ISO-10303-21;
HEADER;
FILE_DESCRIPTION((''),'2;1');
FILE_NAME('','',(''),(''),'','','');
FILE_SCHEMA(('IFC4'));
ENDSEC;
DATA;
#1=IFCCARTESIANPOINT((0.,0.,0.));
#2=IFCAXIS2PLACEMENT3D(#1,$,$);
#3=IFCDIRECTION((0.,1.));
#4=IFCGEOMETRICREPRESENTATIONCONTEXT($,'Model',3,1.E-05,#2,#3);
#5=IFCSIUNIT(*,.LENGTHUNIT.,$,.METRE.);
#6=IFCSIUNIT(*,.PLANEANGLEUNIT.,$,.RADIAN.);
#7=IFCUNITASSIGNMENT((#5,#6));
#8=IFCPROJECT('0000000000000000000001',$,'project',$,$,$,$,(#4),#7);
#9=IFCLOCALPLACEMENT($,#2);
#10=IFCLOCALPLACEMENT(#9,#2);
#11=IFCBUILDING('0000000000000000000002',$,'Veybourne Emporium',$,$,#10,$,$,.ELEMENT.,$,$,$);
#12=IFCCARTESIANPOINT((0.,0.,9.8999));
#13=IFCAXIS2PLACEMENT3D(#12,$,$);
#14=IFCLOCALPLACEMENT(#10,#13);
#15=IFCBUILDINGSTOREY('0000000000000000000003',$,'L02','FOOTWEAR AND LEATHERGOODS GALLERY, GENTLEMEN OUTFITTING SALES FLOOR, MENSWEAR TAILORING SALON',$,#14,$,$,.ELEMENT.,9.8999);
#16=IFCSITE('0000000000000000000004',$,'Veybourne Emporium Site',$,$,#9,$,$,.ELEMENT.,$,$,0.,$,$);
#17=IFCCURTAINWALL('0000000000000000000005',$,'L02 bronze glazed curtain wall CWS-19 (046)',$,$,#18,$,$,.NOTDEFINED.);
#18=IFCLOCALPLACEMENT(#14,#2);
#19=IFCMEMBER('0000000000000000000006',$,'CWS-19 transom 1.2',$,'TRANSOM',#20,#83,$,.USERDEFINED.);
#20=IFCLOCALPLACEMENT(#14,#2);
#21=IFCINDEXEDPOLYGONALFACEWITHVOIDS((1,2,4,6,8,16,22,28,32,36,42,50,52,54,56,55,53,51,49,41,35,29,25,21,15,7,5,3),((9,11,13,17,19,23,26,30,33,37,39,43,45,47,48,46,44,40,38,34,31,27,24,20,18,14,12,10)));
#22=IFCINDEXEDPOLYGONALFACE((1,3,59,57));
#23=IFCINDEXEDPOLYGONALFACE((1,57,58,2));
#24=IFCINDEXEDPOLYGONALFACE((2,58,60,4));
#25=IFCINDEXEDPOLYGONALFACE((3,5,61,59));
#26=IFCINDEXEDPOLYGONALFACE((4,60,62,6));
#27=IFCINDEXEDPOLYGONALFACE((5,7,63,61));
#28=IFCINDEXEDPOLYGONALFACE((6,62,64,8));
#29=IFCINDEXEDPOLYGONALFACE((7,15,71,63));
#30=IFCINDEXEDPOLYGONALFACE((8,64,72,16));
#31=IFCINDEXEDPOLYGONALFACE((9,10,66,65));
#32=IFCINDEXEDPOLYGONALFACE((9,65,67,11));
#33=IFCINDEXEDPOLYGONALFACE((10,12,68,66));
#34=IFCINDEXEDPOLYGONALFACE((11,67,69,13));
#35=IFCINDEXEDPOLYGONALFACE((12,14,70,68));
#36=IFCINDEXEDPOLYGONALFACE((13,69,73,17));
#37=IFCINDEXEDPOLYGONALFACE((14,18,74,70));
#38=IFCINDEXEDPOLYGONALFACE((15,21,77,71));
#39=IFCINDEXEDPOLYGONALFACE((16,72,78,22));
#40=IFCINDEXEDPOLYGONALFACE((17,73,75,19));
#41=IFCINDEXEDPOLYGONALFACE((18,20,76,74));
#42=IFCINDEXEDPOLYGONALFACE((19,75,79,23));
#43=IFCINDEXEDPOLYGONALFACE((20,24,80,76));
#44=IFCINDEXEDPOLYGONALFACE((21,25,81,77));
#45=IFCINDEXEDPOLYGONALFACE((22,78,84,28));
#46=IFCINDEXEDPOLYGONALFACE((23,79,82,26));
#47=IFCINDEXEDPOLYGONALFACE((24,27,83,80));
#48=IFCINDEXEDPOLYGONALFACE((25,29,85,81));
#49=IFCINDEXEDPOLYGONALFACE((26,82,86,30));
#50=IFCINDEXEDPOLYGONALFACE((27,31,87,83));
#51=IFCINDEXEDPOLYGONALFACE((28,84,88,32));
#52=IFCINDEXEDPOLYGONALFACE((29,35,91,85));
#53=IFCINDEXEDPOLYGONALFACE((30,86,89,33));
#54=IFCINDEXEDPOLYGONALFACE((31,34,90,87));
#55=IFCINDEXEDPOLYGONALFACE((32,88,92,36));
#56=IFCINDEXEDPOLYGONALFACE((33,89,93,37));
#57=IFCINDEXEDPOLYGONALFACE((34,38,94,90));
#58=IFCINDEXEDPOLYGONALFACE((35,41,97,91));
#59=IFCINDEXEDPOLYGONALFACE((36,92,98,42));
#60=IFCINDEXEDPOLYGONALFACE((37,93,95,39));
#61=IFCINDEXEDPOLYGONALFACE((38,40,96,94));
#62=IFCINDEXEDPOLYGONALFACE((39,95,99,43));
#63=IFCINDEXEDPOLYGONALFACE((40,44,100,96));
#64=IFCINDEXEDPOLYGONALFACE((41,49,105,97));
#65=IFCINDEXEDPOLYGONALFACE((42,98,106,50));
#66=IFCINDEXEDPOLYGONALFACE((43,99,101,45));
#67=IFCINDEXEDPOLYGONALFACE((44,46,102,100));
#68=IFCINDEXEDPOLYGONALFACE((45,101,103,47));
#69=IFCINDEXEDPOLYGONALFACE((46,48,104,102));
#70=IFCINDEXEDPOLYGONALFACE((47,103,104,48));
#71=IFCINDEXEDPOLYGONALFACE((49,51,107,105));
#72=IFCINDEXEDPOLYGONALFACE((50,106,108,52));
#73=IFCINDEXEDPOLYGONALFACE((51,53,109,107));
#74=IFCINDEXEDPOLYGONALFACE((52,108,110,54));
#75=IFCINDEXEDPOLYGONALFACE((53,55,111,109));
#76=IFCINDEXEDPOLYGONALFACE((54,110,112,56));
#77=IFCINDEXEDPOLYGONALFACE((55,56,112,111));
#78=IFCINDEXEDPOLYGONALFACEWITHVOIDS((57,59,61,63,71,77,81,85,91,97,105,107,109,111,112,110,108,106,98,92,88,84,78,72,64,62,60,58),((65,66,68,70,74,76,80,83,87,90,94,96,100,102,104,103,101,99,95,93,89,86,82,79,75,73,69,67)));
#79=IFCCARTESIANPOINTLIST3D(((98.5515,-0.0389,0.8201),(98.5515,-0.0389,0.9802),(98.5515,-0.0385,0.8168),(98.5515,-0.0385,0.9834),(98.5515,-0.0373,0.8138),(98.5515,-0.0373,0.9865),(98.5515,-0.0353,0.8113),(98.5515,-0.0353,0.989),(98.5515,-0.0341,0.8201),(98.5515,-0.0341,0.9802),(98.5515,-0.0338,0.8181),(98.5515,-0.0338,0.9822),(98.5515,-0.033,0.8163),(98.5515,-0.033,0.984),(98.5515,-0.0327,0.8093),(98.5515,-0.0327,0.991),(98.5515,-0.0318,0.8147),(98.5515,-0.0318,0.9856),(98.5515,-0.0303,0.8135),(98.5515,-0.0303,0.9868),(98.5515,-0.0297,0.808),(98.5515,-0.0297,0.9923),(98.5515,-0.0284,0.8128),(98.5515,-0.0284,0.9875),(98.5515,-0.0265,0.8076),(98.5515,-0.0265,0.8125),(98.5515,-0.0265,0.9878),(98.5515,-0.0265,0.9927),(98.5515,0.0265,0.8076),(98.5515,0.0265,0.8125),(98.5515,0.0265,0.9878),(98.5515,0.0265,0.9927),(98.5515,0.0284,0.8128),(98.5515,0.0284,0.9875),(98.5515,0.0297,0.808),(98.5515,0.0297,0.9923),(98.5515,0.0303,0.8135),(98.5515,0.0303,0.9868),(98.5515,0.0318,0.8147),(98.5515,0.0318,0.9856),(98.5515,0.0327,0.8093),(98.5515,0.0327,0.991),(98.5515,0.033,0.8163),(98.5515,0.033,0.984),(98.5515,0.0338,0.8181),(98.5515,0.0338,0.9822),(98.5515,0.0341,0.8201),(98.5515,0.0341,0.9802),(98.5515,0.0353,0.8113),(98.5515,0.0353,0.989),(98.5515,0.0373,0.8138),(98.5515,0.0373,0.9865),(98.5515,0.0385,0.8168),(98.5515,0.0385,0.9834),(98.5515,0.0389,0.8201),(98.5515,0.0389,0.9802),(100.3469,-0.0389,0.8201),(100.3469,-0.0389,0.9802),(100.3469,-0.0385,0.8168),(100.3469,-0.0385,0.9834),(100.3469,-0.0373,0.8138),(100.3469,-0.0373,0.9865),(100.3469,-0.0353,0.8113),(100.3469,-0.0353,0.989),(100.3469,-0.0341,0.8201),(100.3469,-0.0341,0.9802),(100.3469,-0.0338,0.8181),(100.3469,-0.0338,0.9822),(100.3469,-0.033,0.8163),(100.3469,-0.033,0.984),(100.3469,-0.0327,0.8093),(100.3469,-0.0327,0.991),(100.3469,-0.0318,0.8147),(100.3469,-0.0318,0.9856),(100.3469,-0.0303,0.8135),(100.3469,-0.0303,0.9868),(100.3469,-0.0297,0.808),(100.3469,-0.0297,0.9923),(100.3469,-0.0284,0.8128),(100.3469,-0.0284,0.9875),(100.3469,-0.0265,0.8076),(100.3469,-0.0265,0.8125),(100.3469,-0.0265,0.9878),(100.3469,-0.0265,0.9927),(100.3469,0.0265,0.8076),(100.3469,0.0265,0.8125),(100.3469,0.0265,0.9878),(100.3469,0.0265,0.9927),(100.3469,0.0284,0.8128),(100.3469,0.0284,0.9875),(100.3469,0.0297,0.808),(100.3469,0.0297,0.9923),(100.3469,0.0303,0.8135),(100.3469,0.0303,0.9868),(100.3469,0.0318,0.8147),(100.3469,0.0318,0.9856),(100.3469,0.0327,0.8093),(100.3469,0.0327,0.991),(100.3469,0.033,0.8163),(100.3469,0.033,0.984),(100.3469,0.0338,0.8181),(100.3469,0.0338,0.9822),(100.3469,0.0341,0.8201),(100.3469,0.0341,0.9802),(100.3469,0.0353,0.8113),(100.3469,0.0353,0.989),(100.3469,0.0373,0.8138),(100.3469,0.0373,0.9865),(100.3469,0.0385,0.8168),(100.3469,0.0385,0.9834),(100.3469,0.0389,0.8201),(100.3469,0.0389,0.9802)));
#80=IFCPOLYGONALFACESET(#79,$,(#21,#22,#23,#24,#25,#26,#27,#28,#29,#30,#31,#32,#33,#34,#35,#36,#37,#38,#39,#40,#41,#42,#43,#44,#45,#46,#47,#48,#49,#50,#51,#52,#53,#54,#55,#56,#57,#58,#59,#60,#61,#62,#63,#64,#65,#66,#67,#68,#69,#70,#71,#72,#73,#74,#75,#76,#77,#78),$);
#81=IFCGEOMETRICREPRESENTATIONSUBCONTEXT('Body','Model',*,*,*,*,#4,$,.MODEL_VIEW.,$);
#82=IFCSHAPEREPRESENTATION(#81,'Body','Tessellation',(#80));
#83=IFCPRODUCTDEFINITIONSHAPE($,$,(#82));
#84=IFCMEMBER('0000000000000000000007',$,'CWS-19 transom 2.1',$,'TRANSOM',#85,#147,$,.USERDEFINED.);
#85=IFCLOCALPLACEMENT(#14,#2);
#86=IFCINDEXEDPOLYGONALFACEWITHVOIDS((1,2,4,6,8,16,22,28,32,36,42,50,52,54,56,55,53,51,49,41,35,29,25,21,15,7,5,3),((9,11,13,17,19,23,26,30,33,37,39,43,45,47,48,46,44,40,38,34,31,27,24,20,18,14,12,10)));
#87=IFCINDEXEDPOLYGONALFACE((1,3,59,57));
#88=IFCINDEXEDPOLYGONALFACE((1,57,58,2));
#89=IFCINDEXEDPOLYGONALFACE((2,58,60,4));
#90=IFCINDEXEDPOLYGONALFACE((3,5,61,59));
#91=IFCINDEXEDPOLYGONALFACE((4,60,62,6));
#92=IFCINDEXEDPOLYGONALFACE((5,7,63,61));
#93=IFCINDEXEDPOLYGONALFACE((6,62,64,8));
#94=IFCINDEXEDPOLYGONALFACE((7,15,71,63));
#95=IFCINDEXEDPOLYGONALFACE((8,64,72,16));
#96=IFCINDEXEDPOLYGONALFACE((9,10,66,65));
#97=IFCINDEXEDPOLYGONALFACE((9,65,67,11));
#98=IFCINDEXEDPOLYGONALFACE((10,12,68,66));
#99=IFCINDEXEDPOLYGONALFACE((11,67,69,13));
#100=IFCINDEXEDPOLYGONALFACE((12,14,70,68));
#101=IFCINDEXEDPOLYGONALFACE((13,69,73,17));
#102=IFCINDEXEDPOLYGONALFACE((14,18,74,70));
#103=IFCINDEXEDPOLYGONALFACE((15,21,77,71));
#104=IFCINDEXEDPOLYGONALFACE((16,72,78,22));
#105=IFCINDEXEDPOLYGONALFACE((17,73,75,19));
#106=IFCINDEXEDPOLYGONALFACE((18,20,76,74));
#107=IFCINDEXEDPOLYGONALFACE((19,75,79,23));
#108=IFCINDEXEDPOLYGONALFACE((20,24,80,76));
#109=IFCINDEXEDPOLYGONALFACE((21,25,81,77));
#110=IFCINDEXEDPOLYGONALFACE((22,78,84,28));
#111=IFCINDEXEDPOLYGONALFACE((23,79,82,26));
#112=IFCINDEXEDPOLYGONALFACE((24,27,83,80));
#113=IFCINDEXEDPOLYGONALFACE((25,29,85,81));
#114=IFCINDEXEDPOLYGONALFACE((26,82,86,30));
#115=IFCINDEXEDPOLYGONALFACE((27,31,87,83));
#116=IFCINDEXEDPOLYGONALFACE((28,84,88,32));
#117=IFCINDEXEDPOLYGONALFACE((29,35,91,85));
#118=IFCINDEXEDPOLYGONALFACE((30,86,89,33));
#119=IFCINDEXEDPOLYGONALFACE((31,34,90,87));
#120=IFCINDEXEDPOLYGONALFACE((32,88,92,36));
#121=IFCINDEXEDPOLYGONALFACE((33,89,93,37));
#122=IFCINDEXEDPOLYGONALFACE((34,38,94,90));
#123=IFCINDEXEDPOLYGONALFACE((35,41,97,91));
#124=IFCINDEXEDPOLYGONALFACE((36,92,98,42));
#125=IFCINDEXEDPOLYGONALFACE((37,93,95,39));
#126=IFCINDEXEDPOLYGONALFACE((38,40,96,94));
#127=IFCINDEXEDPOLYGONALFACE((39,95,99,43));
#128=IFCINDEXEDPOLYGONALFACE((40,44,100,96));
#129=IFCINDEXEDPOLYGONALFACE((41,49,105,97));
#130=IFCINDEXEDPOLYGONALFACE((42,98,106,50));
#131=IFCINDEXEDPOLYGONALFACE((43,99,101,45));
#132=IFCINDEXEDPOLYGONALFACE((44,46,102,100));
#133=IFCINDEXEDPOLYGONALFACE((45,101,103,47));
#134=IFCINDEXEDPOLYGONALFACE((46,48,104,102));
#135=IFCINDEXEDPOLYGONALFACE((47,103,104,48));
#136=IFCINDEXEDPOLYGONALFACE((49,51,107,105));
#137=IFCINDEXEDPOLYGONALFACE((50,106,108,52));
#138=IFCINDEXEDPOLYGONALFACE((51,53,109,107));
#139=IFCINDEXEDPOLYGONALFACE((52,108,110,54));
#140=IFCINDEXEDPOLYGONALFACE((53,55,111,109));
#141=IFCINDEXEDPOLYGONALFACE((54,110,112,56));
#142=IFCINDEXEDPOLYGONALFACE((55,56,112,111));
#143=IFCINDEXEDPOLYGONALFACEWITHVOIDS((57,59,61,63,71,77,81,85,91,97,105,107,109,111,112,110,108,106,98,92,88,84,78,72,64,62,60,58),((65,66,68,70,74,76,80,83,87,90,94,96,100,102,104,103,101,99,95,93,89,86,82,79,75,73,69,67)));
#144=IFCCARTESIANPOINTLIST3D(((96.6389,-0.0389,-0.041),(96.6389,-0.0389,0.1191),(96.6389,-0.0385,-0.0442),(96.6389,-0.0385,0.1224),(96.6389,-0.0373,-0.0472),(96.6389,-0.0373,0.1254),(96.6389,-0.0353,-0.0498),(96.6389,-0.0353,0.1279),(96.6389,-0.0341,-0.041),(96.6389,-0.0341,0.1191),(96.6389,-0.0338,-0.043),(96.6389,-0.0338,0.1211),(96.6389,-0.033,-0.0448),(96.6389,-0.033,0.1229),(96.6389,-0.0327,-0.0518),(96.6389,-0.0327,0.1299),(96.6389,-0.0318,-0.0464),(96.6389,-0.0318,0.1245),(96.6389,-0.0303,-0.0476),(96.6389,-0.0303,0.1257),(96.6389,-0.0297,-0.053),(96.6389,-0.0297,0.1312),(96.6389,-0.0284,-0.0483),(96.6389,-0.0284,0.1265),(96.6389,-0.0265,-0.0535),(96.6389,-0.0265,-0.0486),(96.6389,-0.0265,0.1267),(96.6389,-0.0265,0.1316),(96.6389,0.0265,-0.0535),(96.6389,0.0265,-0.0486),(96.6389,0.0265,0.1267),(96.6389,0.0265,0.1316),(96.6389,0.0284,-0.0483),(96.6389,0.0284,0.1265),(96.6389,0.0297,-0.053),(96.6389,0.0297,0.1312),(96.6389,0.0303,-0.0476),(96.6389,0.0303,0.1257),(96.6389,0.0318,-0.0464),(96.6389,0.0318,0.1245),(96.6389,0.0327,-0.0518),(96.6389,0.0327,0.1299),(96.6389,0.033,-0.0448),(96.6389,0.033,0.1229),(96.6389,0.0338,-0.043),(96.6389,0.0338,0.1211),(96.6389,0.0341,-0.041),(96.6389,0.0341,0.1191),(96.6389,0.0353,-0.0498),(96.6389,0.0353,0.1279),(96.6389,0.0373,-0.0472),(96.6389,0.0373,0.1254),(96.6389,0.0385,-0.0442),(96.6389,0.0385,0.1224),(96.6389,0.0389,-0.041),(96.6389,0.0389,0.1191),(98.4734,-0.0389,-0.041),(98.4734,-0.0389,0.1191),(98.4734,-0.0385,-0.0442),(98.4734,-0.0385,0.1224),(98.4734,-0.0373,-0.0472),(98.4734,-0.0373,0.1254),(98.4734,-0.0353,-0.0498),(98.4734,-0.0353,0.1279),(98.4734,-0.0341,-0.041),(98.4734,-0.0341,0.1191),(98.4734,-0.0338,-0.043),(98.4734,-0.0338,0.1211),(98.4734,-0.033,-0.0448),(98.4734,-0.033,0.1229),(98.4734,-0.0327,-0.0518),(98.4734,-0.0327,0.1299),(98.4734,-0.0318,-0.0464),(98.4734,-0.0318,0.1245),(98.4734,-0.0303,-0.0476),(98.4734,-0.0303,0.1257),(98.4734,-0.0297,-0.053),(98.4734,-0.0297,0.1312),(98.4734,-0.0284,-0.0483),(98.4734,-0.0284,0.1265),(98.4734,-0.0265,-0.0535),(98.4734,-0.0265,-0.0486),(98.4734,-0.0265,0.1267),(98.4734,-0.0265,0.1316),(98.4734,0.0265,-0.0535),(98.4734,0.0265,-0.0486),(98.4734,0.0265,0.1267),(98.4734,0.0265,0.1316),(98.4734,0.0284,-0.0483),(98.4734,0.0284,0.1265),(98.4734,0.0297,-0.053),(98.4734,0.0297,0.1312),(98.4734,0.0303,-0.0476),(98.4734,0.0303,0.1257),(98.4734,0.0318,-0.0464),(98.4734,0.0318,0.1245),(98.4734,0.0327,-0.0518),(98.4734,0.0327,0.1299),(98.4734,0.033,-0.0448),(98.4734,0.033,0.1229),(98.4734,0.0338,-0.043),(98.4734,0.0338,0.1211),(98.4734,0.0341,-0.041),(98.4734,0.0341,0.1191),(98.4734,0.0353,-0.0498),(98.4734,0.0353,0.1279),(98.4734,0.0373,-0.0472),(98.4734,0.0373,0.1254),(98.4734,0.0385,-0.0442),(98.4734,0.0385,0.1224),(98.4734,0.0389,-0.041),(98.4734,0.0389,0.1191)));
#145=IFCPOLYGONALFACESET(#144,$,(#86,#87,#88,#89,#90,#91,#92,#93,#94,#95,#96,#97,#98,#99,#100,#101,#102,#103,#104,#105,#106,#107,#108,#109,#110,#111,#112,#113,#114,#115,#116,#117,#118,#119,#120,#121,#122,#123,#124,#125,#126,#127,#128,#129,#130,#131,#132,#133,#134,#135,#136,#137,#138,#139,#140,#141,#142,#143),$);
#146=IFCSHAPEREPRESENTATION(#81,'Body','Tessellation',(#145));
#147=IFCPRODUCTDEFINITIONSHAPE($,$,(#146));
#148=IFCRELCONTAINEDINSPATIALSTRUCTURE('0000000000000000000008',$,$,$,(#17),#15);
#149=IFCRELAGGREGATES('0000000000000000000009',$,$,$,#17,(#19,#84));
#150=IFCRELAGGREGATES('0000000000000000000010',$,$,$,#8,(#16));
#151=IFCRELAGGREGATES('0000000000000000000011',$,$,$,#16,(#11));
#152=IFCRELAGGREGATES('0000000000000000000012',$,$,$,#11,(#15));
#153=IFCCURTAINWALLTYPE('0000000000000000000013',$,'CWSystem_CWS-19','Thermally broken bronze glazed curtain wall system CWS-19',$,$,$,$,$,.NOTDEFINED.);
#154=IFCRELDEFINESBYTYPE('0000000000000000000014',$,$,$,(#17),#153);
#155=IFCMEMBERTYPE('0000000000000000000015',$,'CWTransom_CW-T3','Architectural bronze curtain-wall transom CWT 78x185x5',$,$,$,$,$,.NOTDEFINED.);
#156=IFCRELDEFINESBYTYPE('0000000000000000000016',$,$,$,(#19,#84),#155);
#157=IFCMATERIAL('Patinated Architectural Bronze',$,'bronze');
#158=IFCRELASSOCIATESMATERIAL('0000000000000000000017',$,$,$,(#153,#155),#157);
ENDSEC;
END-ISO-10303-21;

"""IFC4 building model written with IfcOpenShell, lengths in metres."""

from ifc_helpers import new_model, si_unit, direction, frame, origin, origin_2d, place, context, subcontext, project, spatial, hollow_rectangle, extrude, material, material_profile, profile_set, type_object, element, aggregate, save


model = new_model("IFC4")

# Units and contexts
model_context = context("Model", 3, precision=1e-05, world=origin(), true_north=direction((0.0, 1.0)))
body_context = subcontext(model_context, "Body", "Model", "MODEL_VIEW")
ifc_project = project(units=[si_unit("LENGTHUNIT", "METRE"), si_unit("PLANEANGLEUNIT", "RADIAN")], contexts=[model_context])

# Site, building, storey
site_placement = place(None, origin())
site = spatial("IfcSite", under=ifc_project, at=site_placement, Name="Veybourne Emporium Site", CompositionType="ELEMENT", RefElevation=0.0)
building_placement = place(site_placement, origin())
building = spatial("IfcBuilding", under=site, at=building_placement, Name="Veybourne Emporium", CompositionType="ELEMENT")
storey_placement = place(building_placement, frame((0.0, 0.0, 9.8999)))
storey = spatial("IfcBuildingStorey", under=building, at=storey_placement, Name="L02", Description="FOOTWEAR AND LEATHERGOODS GALLERY, GENTLEMEN OUTFITTING SALES FLOOR, MENSWEAR TAILORING SALON", CompositionType="ELEMENT", Elevation=9.8999)

# Curtain wall, members
ifc_material_1 = material(Name="Patinated Architectural Bronze", Category="bronze")
curtain_wall_type = type_object("IfcCurtainWallType", Name="CWSystem_CWS-19", Description="Thermally broken bronze glazed curtain wall system CWS-19", PredefinedType="NOTDEFINED", material=ifc_material_1)
curtain_wall_placement = place(storey_placement, origin())
curtain_wall = element("IfcCurtainWall", 1, at=curtain_wall_placement, inside=storey, type_object=curtain_wall_type, Name="L02 bronze glazed curtain wall CWS-19 (046)", PredefinedType="NOTDEFINED")
ifc_material_profile_1 = material_profile(ifc_material_1, hollow_rectangle(XDim=0.0779, YDim=0.1851, WallThickness=0.0049, InnerFilletRadius=0.0076, OuterFilletRadius=0.0125, at=origin_2d()), Name="CWT 78x185x5")
ifc_profile_set_1 = profile_set([ifc_material_profile_1], Name="Patinated Architectural Bronze")
member_type_1 = type_object("IfcMemberType", Name="CWTransom_CW-T3", Description="Architectural bronze curtain-wall transom CWT 78x185x5", PredefinedType="NOTDEFINED", material=ifc_profile_set_1)
member_1_placement = place(storey_placement, frame((100.3469, 0.0, 0.9001), z_axis=(-1.0, 0.0, 0.0), x_axis=(0.0, -1.0, 0.0)))
member_1 = element("IfcMember", 2, at=member_1_placement, type_object=member_type_1, Name="CWS-19 transom 1.2", ObjectType="TRANSOM", PredefinedType="USERDEFINED", context=body_context, shape_type="SweptSolid", body=[
    extrude(hollow_rectangle(XDim=0.0779, YDim=0.1851, WallThickness=0.0049, InnerFilletRadius=0.0076, OuterFilletRadius=0.0125, at=origin_2d()), origin(), (0.0, 0.0, 1.0), 1.7954),
])
member_2_placement = place(storey_placement, frame((98.4734, 0.0, 0.0391), z_axis=(-1.0, 0.0, 0.0), x_axis=(0.0, -1.0, 0.0)))
member_2 = element("IfcMember", 3, at=member_2_placement, type_object=member_type_1, Name="CWS-19 transom 2.1", ObjectType="TRANSOM", PredefinedType="USERDEFINED", context=body_context, shape_type="SweptSolid", body=[
    extrude(hollow_rectangle(XDim=0.0779, YDim=0.1851, WallThickness=0.0049, InnerFilletRadius=0.0076, OuterFilletRadius=0.0125, at=origin_2d()), origin(), (0.0, 0.0, 1.0), 1.8345),
])
aggregate(curtain_wall, [member_1, member_2])

save(model, "model.ifc")
